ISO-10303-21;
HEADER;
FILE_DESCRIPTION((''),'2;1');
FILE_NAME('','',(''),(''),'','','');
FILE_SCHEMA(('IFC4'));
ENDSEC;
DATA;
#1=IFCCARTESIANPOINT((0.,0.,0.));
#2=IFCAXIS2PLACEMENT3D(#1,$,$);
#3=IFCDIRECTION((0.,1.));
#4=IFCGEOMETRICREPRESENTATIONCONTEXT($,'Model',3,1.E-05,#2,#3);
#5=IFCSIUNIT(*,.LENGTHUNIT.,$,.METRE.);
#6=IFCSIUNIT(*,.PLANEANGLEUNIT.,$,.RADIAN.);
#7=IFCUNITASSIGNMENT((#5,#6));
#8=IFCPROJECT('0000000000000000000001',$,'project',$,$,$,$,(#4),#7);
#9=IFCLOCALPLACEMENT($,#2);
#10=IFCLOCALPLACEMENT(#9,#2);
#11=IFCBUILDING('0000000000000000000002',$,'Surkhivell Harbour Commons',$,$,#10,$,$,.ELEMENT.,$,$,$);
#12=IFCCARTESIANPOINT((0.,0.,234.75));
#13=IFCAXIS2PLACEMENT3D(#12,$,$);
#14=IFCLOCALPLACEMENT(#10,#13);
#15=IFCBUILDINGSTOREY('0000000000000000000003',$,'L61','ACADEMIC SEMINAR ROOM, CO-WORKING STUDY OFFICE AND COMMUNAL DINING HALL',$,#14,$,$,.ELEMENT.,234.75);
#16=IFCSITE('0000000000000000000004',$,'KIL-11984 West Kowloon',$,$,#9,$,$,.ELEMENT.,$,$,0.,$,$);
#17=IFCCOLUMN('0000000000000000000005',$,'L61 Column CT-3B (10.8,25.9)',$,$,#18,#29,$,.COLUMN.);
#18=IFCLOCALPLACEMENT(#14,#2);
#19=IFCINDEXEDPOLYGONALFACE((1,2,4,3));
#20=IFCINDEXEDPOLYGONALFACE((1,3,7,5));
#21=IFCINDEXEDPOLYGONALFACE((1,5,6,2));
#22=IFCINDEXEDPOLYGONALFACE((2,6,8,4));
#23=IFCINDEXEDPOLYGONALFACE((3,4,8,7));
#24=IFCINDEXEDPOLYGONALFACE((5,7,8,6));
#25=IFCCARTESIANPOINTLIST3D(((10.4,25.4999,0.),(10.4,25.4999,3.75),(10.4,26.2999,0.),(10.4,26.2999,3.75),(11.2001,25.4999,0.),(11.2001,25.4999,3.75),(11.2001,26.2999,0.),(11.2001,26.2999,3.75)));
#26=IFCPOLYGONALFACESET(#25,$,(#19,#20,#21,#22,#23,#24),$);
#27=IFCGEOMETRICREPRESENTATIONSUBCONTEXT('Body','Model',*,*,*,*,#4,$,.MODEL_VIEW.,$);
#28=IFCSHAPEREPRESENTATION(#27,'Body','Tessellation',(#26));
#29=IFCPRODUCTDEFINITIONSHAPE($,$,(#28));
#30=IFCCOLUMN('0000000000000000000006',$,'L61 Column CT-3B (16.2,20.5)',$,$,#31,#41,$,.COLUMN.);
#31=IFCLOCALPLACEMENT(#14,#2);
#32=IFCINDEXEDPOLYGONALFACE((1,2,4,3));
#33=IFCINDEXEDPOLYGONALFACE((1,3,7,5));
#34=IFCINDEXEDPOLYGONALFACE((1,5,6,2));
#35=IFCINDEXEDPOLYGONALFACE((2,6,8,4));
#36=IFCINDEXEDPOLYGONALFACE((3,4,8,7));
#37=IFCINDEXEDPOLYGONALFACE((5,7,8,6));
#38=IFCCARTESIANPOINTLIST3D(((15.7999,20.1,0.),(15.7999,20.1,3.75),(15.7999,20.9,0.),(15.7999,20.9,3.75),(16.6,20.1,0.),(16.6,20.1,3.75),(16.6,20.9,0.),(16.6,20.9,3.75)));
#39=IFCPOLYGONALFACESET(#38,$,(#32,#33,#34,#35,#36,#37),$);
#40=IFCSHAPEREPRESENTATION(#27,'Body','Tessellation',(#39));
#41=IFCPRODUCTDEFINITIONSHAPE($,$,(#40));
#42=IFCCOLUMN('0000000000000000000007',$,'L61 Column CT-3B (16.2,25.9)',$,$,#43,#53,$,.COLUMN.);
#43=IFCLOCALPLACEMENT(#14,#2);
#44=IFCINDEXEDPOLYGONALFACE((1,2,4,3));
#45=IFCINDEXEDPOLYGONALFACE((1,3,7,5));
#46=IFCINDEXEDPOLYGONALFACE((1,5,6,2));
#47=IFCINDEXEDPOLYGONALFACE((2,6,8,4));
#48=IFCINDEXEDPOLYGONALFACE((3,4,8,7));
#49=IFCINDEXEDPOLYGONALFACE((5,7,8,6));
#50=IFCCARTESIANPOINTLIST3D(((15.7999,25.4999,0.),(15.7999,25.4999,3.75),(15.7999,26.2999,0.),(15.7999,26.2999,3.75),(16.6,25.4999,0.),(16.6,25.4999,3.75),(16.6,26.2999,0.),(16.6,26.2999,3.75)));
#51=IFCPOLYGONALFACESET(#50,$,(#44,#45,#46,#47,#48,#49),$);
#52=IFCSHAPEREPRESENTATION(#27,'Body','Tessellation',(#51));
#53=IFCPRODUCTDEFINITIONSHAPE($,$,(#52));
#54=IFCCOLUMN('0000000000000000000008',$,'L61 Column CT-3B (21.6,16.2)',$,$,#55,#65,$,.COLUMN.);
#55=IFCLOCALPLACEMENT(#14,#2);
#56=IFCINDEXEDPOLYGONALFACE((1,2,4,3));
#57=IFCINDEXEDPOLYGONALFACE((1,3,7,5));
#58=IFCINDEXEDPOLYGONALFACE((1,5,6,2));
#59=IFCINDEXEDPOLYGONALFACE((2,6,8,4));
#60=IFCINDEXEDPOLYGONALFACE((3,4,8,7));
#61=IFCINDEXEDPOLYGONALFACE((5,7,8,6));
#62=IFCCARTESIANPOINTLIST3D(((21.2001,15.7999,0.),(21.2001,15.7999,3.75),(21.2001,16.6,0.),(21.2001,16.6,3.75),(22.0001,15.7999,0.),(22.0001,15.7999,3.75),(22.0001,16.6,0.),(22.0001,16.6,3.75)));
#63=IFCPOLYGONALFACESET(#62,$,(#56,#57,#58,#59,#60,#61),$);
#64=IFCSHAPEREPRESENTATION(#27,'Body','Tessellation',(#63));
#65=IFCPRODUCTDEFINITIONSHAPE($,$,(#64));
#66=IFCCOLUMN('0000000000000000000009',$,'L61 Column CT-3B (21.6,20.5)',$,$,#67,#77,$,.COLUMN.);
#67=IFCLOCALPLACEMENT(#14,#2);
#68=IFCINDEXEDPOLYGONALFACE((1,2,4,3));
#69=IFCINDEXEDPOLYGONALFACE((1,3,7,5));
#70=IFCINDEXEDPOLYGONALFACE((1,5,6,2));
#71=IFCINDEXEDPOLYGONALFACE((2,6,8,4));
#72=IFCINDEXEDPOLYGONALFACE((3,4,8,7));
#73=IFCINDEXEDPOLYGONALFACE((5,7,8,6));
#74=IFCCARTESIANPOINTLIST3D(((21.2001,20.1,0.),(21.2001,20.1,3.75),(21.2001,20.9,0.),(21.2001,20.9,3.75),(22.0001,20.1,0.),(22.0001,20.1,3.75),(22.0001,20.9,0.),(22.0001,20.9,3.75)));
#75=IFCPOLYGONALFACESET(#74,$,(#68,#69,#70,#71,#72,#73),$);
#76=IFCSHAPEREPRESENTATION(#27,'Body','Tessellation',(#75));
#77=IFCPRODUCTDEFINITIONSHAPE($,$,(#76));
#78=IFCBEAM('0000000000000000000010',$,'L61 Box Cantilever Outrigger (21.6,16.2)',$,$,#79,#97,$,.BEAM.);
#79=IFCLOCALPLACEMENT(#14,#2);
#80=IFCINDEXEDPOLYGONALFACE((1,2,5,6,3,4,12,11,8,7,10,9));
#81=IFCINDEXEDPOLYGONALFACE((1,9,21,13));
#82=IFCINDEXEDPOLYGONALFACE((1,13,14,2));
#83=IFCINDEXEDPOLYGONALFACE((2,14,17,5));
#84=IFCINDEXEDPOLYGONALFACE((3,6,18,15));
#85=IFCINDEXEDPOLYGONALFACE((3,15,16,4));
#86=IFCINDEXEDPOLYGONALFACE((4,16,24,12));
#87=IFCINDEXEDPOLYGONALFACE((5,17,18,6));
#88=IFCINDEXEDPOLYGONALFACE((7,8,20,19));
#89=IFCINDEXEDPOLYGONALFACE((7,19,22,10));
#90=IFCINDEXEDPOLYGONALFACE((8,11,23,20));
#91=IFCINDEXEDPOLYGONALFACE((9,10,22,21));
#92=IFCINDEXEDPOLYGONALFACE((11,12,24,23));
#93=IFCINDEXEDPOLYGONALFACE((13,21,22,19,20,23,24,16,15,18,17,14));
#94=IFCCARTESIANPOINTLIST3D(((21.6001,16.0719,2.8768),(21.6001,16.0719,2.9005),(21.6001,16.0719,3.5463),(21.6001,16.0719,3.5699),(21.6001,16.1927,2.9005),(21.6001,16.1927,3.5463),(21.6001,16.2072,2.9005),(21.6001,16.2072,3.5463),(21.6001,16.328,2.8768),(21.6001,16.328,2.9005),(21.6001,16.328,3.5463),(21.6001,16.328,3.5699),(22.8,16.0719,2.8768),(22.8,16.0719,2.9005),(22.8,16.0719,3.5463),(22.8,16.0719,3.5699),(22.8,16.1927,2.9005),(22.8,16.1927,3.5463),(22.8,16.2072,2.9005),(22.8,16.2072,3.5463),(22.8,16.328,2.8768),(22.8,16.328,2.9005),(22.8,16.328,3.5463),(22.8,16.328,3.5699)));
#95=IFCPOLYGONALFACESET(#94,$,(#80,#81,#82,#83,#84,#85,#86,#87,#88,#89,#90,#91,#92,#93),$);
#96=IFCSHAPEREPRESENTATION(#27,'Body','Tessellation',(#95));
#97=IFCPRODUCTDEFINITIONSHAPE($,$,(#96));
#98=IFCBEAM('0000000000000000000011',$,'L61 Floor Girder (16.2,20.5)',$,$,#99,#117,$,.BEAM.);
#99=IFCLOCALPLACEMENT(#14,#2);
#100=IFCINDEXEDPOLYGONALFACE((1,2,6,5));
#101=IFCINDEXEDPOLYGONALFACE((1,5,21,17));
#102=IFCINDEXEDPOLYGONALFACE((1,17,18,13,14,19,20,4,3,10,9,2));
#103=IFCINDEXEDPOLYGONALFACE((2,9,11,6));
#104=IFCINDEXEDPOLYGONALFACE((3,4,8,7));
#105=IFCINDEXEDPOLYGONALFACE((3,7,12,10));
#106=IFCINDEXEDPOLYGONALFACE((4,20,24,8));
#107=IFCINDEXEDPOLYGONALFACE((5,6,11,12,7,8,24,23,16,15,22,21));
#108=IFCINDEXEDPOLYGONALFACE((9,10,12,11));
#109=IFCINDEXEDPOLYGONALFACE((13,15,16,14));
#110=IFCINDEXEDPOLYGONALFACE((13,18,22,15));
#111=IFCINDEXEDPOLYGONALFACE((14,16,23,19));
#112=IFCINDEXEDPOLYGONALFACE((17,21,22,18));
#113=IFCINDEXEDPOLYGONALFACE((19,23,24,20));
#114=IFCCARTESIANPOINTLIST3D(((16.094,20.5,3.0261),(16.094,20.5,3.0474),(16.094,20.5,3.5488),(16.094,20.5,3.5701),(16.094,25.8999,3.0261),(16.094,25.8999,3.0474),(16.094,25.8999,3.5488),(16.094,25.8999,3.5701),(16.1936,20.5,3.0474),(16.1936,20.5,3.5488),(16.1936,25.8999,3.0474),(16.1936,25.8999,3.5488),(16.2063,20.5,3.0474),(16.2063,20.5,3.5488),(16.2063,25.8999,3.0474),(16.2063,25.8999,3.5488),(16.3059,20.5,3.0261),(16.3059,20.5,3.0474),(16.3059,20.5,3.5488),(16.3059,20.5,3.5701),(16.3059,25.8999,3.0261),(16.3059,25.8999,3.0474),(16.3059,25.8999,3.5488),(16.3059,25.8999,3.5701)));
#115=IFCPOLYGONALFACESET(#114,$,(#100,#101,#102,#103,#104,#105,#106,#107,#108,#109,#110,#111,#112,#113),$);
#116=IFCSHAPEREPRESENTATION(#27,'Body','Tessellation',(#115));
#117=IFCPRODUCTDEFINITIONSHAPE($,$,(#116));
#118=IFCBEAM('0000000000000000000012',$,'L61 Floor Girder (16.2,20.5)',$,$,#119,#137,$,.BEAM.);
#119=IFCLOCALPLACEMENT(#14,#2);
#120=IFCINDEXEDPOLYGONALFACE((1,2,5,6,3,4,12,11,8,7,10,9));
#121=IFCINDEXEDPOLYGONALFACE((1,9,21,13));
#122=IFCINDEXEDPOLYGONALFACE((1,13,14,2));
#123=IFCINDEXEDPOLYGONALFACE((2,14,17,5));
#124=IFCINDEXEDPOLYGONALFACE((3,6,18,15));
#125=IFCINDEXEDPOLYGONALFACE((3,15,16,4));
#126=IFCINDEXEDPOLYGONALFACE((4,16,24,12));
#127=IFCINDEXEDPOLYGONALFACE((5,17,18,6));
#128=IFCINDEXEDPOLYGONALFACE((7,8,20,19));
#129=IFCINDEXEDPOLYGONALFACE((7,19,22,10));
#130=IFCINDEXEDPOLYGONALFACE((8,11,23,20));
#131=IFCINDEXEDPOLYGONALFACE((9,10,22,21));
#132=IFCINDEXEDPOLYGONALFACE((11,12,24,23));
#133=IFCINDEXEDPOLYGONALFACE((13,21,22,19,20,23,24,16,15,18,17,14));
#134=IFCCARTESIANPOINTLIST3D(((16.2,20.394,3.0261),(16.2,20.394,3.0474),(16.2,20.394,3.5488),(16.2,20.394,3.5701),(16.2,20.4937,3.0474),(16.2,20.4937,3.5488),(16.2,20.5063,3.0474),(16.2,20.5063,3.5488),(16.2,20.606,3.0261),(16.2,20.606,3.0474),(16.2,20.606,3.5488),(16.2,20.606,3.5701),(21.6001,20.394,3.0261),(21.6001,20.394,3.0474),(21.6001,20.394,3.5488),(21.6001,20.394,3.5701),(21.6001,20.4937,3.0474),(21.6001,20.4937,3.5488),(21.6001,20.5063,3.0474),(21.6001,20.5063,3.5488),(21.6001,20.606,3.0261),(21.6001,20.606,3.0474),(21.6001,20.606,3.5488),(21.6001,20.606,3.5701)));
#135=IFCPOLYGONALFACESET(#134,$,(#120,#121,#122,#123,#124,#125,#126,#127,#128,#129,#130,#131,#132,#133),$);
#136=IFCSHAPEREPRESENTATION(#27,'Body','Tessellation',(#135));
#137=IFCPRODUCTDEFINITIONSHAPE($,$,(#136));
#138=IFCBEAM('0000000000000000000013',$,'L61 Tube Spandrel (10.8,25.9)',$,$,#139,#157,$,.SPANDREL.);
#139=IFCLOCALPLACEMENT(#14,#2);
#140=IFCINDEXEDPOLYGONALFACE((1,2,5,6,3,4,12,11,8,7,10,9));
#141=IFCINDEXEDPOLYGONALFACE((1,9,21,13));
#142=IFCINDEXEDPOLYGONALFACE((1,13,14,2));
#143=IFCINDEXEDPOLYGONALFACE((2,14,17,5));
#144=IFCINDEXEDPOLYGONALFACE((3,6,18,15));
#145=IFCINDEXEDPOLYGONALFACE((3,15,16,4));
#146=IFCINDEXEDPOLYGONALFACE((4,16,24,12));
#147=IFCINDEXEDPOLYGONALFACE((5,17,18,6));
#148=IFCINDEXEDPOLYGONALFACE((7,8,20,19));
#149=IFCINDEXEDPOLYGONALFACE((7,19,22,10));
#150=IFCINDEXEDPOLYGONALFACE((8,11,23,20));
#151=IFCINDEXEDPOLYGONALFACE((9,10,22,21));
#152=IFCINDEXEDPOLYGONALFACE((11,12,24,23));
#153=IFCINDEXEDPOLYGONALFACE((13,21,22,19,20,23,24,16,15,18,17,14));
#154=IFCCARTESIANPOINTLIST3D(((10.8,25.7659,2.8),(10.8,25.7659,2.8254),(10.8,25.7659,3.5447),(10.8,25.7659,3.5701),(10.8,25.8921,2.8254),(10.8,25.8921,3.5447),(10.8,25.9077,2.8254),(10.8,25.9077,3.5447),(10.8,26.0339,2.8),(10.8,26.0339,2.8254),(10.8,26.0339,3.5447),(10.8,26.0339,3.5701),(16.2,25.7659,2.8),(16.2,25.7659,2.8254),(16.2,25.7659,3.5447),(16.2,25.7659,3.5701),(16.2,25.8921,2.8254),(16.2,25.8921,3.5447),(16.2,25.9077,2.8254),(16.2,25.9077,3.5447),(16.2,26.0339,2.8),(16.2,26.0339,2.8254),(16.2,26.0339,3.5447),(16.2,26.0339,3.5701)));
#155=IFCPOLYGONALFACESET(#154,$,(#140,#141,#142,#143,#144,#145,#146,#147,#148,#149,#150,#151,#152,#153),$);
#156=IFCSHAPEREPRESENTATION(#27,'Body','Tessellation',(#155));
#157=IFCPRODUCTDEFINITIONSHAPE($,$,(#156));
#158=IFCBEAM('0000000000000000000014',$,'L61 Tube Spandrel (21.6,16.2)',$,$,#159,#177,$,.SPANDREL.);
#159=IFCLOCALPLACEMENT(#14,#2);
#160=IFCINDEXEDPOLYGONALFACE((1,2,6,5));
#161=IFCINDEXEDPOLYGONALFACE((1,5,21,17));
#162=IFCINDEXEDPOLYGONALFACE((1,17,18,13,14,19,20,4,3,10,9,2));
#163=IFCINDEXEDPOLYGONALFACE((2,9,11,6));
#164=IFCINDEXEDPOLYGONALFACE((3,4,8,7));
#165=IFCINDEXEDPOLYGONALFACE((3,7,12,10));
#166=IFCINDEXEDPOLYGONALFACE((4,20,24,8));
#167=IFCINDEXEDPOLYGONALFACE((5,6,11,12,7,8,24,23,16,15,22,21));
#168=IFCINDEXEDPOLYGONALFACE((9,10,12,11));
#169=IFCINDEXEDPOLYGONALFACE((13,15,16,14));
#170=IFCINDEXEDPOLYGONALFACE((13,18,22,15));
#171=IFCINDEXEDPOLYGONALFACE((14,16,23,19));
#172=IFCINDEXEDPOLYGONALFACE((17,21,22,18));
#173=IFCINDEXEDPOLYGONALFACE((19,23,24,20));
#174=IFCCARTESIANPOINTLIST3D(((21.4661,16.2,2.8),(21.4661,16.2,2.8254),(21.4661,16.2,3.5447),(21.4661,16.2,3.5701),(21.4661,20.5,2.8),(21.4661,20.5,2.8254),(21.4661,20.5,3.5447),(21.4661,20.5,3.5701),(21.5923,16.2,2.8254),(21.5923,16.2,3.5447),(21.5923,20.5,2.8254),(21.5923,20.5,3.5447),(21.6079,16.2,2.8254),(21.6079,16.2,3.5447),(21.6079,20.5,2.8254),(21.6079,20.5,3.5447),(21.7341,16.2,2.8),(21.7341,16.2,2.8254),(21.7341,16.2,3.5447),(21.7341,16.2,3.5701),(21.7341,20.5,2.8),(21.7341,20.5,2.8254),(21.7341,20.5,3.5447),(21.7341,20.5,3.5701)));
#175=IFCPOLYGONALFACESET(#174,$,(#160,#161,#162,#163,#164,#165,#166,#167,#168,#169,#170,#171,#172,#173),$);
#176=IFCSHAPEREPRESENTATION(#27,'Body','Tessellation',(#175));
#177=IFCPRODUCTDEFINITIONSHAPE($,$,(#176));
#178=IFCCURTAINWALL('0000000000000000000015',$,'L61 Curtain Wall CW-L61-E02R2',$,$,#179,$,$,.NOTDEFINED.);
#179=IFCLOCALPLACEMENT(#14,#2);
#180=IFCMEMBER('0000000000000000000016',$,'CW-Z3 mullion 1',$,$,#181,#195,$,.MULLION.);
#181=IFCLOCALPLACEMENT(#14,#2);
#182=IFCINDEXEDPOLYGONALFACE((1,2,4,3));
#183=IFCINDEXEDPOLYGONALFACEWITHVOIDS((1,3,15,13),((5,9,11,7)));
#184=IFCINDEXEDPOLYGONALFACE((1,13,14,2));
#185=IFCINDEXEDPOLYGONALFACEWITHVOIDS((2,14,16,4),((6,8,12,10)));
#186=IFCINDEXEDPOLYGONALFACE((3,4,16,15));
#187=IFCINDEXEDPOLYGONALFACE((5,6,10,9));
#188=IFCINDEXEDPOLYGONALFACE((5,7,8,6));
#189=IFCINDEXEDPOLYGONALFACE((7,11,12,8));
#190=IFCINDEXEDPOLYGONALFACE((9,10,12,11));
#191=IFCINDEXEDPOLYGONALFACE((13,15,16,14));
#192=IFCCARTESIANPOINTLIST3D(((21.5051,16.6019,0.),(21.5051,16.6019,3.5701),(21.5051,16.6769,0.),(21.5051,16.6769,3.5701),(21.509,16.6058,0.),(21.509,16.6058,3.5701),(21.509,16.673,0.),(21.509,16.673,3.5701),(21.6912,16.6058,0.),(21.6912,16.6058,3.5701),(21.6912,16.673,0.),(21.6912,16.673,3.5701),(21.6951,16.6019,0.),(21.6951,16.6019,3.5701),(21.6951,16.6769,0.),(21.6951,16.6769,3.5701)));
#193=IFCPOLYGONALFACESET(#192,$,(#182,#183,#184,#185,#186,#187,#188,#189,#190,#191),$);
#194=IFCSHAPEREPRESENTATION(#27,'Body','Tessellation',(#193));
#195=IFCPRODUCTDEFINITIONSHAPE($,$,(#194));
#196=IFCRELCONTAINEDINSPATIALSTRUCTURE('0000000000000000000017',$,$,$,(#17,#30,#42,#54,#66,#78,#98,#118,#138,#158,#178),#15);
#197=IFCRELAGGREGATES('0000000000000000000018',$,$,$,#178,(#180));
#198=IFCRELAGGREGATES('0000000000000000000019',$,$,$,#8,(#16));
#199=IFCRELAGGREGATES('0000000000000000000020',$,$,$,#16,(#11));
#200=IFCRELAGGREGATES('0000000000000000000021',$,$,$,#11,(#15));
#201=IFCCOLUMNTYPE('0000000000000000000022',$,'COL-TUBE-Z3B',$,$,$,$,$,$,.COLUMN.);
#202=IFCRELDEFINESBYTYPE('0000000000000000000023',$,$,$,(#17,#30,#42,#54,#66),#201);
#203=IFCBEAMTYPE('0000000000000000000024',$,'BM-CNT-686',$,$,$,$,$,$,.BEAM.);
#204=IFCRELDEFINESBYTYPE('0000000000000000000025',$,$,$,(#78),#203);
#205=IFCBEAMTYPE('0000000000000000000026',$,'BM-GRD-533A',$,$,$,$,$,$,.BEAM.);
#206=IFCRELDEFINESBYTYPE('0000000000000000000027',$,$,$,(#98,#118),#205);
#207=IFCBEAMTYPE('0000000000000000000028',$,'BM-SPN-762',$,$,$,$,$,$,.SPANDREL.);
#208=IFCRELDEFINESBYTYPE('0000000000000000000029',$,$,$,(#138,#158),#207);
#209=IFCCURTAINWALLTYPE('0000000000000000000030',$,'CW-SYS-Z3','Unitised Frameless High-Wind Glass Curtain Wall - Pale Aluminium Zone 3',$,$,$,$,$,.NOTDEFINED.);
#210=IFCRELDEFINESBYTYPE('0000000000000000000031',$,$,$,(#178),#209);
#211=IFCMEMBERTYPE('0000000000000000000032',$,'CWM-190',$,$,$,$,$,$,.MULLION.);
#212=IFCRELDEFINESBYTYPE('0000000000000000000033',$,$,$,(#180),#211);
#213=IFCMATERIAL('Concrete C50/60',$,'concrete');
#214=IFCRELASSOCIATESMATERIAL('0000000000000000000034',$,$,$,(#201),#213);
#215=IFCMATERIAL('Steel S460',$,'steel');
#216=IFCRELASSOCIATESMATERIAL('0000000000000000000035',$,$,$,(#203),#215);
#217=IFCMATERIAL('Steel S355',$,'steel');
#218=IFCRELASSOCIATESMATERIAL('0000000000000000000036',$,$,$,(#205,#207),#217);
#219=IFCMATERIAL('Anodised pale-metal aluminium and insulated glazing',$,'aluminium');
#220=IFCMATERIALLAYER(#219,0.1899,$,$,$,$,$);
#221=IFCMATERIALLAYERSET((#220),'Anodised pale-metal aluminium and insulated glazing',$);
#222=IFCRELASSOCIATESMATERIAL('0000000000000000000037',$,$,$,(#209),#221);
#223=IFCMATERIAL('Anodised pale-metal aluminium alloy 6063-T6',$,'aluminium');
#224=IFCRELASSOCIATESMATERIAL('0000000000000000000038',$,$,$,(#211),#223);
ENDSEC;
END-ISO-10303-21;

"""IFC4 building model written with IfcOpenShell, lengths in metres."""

from ifc_helpers import new_model, si_unit, direction, frame, origin, origin_2d, place, context, subcontext, project, spatial, rectangle, hollow_rectangle, i_section, extrude, material, layer, layer_set, material_profile, profile_set, type_object, element, aggregate, save


model = new_model("IFC4")

# Units and contexts
model_context = context("Model", 3, precision=1e-05, world=origin(), true_north=direction((0.0, 1.0)))
body_context = subcontext(model_context, "Body", "Model", "MODEL_VIEW")
ifc_project = project(units=[si_unit("LENGTHUNIT", "METRE"), si_unit("PLANEANGLEUNIT", "RADIAN")], contexts=[model_context])

# Site, building, storey
site_placement = place(None, origin())
site = spatial("IfcSite", under=ifc_project, at=site_placement, Name="KIL-11984 West Kowloon", CompositionType="ELEMENT", RefElevation=0.0)
building_placement = place(site_placement, origin())
building = spatial("IfcBuilding", under=site, at=building_placement, Name="Surkhivell Harbour Commons", CompositionType="ELEMENT")
storey_placement = place(building_placement, frame((0.0, 0.0, 234.75)))
storey = spatial("IfcBuildingStorey", under=building, at=storey_placement, Name="L61", Description="ACADEMIC SEMINAR ROOM, CO-WORKING STUDY OFFICE AND COMMUNAL DINING HALL", CompositionType="ELEMENT", Elevation=234.75)

# Columns
ifc_material_1 = material(Name="Concrete C50/60", Category="concrete")
ifc_material_profile_1 = material_profile(ifc_material_1, rectangle(XDim=0.8, YDim=0.8, at=origin_2d()), Name="RC-COL-800x800")
ifc_profile_set_1 = profile_set([ifc_material_profile_1], Name="Concrete C50/60")
column_type = type_object("IfcColumnType", Name="COL-TUBE-Z3B", PredefinedType="COLUMN", material=ifc_profile_set_1)
for number, where, z_axis, x_axis, name in (
    (1, (10.8, 25.8999, 0.0), (0.0, 0.0, 1.0), (1.0, 0.0, 0.0), "L61 Column CT-3B (10.8,25.9)"),
    (2, (16.2, 20.5, 0.0), (0.0, 0.0, 1.0), (1.0, 0.0, 0.0), "L61 Column CT-3B (16.2,20.5)"),
    (3, (16.2, 25.8999, 0.0), (0.0, 0.0, 1.0), (1.0, 0.0, 0.0), "L61 Column CT-3B (16.2,25.9)"),
    (4, (21.6001, 16.2, 0.0), (0.0, 0.0, 1.0), (1.0, 0.0, 0.0), "L61 Column CT-3B (21.6,16.2)"),
    (5, (21.6001, 20.5, 0.0), (0.0, 0.0, 1.0), (1.0, 0.0, 0.0), "L61 Column CT-3B (21.6,20.5)"),
):
    element("IfcColumn", number, at=place(storey_placement, frame(where, z_axis=z_axis, x_axis=x_axis)), inside=storey, type_object=column_type, Name=name, PredefinedType="COLUMN", context=body_context, shape_type="SweptSolid", body=[
        extrude(rectangle(XDim=0.8, YDim=0.8, at=origin_2d()), origin(), (0.0, 0.0, 1.0), 3.75),
    ])

# Beams
ifc_material_2 = material(Name="Steel S460", Category="steel")
ifc_material_profile_2 = material_profile(ifc_material_2, i_section(OverallWidth=0.2561, OverallDepth=0.6931, WebThickness=0.0144, FlangeThickness=0.0237, at=origin_2d()), Name="UB686x254x170")
ifc_profile_set_2 = profile_set([ifc_material_profile_2], Name="Steel S460")
beam_type_1 = type_object("IfcBeamType", Name="BM-CNT-686", PredefinedType="BEAM", material=ifc_profile_set_2)
beam_1_placement = place(storey_placement, frame((21.6001, 16.2, 3.2234), z_axis=(1.0, 0.0, 0.0), x_axis=(0.0, 1.0, 0.0)))
element("IfcBeam", 6, at=beam_1_placement, inside=storey, type_object=beam_type_1, Name="L61 Box Cantilever Outrigger (21.6,16.2)", PredefinedType="BEAM", context=body_context, shape_type="SweptSolid", body=[
    extrude(i_section(OverallWidth=0.2561, OverallDepth=0.6931, WebThickness=0.0144, FlangeThickness=0.0237, at=origin_2d()), origin(), (0.0, 0.0, 1.0), 1.2),
])
ifc_material_3 = material(Name="Steel S355", Category="steel")
ifc_material_profile_3 = material_profile(ifc_material_3, i_section(OverallWidth=0.2119, OverallDepth=0.5439, WebThickness=0.0127, FlangeThickness=0.0212, at=origin_2d()), Name="UB533x210x122")
ifc_profile_set_3 = profile_set([ifc_material_profile_3], Name="Steel S355")
beam_type_2 = type_object("IfcBeamType", Name="BM-GRD-533A", PredefinedType="BEAM", material=ifc_profile_set_3)
beam_2_placement = place(storey_placement, frame((16.2, 20.5, 3.2981), z_axis=(0.0, 1.0, 0.0), x_axis=(-1.0, 0.0, 0.0)))
element("IfcBeam", 7, at=beam_2_placement, inside=storey, type_object=beam_type_2, Name="L61 Floor Girder (16.2,20.5)", PredefinedType="BEAM", context=body_context, shape_type="SweptSolid", body=[
    extrude(i_section(OverallWidth=0.2119, OverallDepth=0.5439, WebThickness=0.0127, FlangeThickness=0.0212, at=origin_2d()), origin(), (0.0, 0.0, 1.0), 5.3999),
])
beam_3_placement = place(storey_placement, frame((16.2, 20.5, 3.2981), z_axis=(1.0, 0.0, 0.0), x_axis=(0.0, 1.0, 0.0)))
element("IfcBeam", 8, at=beam_3_placement, inside=storey, type_object=beam_type_2, Name="L61 Floor Girder (16.2,20.5)", PredefinedType="BEAM", context=body_context, shape_type="SweptSolid", body=[
    extrude(i_section(OverallWidth=0.2119, OverallDepth=0.5439, WebThickness=0.0127, FlangeThickness=0.0212, at=origin_2d()), origin(), (0.0, 0.0, 1.0), 5.4001),
])
ifc_material_profile_4 = material_profile(ifc_material_3, i_section(OverallWidth=0.2681, OverallDepth=0.77, WebThickness=0.0156, FlangeThickness=0.0254, at=origin_2d()), Name="UB762x267x197")
ifc_profile_set_4 = profile_set([ifc_material_profile_4], Name="Steel S355")
beam_type_3 = type_object("IfcBeamType", Name="BM-SPN-762", PredefinedType="SPANDREL", material=ifc_profile_set_4)
beam_4_placement = place(storey_placement, frame((10.8, 25.8999, 3.1851), z_axis=(1.0, 0.0, 0.0), x_axis=(0.0, 1.0, 0.0)))
element("IfcBeam", 9, at=beam_4_placement, inside=storey, type_object=beam_type_3, Name="L61 Tube Spandrel (10.8,25.9)", PredefinedType="SPANDREL", context=body_context, shape_type="SweptSolid", body=[
    extrude(i_section(OverallWidth=0.2681, OverallDepth=0.77, WebThickness=0.0156, FlangeThickness=0.0254, at=origin_2d()), origin(), (0.0, 0.0, 1.0), 5.3999),
])
beam_5_placement = place(storey_placement, frame((21.6001, 16.2, 3.1851), z_axis=(0.0, 1.0, 0.0), x_axis=(-1.0, 0.0, 0.0)))
element("IfcBeam", 10, at=beam_5_placement, inside=storey, type_object=beam_type_3, Name="L61 Tube Spandrel (21.6,16.2)", PredefinedType="SPANDREL", context=body_context, shape_type="SweptSolid", body=[
    extrude(i_section(OverallWidth=0.2681, OverallDepth=0.77, WebThickness=0.0156, FlangeThickness=0.0254, at=origin_2d()), origin(), (0.0, 0.0, 1.0), 4.3),
])

# Curtain wall, member
ifc_material_4 = material(Name="Anodised pale-metal aluminium and insulated glazing", Category="aluminium")
ifc_layer_1 = layer(ifc_material_4, 0.1899)
ifc_layer_set_1 = layer_set([ifc_layer_1], Name="Anodised pale-metal aluminium and insulated glazing")
curtain_wall_type = type_object("IfcCurtainWallType", Name="CW-SYS-Z3", Description="Unitised Frameless High-Wind Glass Curtain Wall - Pale Aluminium Zone 3", PredefinedType="NOTDEFINED", material=ifc_layer_set_1)
curtain_wall_1_placement = place(storey_placement, origin())
curtain_wall_1 = element("IfcCurtainWall", 11, at=curtain_wall_1_placement, inside=storey, type_object=curtain_wall_type, Name="L61 Curtain Wall CW-L61-E02R2", PredefinedType="NOTDEFINED")
ifc_material_5 = material(Name="Anodised pale-metal aluminium alloy 6063-T6", Category="aluminium")
ifc_material_profile_5 = material_profile(ifc_material_5, hollow_rectangle(XDim=0.075, YDim=0.1899, WallThickness=0.0039, at=origin_2d()), Name="ALU-MULL-75x190")
ifc_profile_set_5 = profile_set([ifc_material_profile_5], Name="Anodised pale-metal aluminium alloy 6063-T6")
member_type_1 = type_object("IfcMemberType", Name="CWM-190", PredefinedType="MULLION", material=ifc_profile_set_5)
member_1_placement = place(storey_placement, frame((21.6001, 16.6394, 0.0), z_axis=(0.0, 0.0, 1.0), x_axis=(0.0, 1.0, 0.0)))
member_1 = element("IfcMember", 12, at=member_1_placement, type_object=member_type_1, Name="CW-Z3 mullion 1", PredefinedType="MULLION", context=body_context, shape_type="SweptSolid", body=[
    extrude(hollow_rectangle(XDim=0.075, YDim=0.1899, WallThickness=0.0039, at=origin_2d()), origin(), (0.0, 0.0, 1.0), 3.5701),
])

aggregate(curtain_wall_1, [member_1])

save(model, "model.ifc")
